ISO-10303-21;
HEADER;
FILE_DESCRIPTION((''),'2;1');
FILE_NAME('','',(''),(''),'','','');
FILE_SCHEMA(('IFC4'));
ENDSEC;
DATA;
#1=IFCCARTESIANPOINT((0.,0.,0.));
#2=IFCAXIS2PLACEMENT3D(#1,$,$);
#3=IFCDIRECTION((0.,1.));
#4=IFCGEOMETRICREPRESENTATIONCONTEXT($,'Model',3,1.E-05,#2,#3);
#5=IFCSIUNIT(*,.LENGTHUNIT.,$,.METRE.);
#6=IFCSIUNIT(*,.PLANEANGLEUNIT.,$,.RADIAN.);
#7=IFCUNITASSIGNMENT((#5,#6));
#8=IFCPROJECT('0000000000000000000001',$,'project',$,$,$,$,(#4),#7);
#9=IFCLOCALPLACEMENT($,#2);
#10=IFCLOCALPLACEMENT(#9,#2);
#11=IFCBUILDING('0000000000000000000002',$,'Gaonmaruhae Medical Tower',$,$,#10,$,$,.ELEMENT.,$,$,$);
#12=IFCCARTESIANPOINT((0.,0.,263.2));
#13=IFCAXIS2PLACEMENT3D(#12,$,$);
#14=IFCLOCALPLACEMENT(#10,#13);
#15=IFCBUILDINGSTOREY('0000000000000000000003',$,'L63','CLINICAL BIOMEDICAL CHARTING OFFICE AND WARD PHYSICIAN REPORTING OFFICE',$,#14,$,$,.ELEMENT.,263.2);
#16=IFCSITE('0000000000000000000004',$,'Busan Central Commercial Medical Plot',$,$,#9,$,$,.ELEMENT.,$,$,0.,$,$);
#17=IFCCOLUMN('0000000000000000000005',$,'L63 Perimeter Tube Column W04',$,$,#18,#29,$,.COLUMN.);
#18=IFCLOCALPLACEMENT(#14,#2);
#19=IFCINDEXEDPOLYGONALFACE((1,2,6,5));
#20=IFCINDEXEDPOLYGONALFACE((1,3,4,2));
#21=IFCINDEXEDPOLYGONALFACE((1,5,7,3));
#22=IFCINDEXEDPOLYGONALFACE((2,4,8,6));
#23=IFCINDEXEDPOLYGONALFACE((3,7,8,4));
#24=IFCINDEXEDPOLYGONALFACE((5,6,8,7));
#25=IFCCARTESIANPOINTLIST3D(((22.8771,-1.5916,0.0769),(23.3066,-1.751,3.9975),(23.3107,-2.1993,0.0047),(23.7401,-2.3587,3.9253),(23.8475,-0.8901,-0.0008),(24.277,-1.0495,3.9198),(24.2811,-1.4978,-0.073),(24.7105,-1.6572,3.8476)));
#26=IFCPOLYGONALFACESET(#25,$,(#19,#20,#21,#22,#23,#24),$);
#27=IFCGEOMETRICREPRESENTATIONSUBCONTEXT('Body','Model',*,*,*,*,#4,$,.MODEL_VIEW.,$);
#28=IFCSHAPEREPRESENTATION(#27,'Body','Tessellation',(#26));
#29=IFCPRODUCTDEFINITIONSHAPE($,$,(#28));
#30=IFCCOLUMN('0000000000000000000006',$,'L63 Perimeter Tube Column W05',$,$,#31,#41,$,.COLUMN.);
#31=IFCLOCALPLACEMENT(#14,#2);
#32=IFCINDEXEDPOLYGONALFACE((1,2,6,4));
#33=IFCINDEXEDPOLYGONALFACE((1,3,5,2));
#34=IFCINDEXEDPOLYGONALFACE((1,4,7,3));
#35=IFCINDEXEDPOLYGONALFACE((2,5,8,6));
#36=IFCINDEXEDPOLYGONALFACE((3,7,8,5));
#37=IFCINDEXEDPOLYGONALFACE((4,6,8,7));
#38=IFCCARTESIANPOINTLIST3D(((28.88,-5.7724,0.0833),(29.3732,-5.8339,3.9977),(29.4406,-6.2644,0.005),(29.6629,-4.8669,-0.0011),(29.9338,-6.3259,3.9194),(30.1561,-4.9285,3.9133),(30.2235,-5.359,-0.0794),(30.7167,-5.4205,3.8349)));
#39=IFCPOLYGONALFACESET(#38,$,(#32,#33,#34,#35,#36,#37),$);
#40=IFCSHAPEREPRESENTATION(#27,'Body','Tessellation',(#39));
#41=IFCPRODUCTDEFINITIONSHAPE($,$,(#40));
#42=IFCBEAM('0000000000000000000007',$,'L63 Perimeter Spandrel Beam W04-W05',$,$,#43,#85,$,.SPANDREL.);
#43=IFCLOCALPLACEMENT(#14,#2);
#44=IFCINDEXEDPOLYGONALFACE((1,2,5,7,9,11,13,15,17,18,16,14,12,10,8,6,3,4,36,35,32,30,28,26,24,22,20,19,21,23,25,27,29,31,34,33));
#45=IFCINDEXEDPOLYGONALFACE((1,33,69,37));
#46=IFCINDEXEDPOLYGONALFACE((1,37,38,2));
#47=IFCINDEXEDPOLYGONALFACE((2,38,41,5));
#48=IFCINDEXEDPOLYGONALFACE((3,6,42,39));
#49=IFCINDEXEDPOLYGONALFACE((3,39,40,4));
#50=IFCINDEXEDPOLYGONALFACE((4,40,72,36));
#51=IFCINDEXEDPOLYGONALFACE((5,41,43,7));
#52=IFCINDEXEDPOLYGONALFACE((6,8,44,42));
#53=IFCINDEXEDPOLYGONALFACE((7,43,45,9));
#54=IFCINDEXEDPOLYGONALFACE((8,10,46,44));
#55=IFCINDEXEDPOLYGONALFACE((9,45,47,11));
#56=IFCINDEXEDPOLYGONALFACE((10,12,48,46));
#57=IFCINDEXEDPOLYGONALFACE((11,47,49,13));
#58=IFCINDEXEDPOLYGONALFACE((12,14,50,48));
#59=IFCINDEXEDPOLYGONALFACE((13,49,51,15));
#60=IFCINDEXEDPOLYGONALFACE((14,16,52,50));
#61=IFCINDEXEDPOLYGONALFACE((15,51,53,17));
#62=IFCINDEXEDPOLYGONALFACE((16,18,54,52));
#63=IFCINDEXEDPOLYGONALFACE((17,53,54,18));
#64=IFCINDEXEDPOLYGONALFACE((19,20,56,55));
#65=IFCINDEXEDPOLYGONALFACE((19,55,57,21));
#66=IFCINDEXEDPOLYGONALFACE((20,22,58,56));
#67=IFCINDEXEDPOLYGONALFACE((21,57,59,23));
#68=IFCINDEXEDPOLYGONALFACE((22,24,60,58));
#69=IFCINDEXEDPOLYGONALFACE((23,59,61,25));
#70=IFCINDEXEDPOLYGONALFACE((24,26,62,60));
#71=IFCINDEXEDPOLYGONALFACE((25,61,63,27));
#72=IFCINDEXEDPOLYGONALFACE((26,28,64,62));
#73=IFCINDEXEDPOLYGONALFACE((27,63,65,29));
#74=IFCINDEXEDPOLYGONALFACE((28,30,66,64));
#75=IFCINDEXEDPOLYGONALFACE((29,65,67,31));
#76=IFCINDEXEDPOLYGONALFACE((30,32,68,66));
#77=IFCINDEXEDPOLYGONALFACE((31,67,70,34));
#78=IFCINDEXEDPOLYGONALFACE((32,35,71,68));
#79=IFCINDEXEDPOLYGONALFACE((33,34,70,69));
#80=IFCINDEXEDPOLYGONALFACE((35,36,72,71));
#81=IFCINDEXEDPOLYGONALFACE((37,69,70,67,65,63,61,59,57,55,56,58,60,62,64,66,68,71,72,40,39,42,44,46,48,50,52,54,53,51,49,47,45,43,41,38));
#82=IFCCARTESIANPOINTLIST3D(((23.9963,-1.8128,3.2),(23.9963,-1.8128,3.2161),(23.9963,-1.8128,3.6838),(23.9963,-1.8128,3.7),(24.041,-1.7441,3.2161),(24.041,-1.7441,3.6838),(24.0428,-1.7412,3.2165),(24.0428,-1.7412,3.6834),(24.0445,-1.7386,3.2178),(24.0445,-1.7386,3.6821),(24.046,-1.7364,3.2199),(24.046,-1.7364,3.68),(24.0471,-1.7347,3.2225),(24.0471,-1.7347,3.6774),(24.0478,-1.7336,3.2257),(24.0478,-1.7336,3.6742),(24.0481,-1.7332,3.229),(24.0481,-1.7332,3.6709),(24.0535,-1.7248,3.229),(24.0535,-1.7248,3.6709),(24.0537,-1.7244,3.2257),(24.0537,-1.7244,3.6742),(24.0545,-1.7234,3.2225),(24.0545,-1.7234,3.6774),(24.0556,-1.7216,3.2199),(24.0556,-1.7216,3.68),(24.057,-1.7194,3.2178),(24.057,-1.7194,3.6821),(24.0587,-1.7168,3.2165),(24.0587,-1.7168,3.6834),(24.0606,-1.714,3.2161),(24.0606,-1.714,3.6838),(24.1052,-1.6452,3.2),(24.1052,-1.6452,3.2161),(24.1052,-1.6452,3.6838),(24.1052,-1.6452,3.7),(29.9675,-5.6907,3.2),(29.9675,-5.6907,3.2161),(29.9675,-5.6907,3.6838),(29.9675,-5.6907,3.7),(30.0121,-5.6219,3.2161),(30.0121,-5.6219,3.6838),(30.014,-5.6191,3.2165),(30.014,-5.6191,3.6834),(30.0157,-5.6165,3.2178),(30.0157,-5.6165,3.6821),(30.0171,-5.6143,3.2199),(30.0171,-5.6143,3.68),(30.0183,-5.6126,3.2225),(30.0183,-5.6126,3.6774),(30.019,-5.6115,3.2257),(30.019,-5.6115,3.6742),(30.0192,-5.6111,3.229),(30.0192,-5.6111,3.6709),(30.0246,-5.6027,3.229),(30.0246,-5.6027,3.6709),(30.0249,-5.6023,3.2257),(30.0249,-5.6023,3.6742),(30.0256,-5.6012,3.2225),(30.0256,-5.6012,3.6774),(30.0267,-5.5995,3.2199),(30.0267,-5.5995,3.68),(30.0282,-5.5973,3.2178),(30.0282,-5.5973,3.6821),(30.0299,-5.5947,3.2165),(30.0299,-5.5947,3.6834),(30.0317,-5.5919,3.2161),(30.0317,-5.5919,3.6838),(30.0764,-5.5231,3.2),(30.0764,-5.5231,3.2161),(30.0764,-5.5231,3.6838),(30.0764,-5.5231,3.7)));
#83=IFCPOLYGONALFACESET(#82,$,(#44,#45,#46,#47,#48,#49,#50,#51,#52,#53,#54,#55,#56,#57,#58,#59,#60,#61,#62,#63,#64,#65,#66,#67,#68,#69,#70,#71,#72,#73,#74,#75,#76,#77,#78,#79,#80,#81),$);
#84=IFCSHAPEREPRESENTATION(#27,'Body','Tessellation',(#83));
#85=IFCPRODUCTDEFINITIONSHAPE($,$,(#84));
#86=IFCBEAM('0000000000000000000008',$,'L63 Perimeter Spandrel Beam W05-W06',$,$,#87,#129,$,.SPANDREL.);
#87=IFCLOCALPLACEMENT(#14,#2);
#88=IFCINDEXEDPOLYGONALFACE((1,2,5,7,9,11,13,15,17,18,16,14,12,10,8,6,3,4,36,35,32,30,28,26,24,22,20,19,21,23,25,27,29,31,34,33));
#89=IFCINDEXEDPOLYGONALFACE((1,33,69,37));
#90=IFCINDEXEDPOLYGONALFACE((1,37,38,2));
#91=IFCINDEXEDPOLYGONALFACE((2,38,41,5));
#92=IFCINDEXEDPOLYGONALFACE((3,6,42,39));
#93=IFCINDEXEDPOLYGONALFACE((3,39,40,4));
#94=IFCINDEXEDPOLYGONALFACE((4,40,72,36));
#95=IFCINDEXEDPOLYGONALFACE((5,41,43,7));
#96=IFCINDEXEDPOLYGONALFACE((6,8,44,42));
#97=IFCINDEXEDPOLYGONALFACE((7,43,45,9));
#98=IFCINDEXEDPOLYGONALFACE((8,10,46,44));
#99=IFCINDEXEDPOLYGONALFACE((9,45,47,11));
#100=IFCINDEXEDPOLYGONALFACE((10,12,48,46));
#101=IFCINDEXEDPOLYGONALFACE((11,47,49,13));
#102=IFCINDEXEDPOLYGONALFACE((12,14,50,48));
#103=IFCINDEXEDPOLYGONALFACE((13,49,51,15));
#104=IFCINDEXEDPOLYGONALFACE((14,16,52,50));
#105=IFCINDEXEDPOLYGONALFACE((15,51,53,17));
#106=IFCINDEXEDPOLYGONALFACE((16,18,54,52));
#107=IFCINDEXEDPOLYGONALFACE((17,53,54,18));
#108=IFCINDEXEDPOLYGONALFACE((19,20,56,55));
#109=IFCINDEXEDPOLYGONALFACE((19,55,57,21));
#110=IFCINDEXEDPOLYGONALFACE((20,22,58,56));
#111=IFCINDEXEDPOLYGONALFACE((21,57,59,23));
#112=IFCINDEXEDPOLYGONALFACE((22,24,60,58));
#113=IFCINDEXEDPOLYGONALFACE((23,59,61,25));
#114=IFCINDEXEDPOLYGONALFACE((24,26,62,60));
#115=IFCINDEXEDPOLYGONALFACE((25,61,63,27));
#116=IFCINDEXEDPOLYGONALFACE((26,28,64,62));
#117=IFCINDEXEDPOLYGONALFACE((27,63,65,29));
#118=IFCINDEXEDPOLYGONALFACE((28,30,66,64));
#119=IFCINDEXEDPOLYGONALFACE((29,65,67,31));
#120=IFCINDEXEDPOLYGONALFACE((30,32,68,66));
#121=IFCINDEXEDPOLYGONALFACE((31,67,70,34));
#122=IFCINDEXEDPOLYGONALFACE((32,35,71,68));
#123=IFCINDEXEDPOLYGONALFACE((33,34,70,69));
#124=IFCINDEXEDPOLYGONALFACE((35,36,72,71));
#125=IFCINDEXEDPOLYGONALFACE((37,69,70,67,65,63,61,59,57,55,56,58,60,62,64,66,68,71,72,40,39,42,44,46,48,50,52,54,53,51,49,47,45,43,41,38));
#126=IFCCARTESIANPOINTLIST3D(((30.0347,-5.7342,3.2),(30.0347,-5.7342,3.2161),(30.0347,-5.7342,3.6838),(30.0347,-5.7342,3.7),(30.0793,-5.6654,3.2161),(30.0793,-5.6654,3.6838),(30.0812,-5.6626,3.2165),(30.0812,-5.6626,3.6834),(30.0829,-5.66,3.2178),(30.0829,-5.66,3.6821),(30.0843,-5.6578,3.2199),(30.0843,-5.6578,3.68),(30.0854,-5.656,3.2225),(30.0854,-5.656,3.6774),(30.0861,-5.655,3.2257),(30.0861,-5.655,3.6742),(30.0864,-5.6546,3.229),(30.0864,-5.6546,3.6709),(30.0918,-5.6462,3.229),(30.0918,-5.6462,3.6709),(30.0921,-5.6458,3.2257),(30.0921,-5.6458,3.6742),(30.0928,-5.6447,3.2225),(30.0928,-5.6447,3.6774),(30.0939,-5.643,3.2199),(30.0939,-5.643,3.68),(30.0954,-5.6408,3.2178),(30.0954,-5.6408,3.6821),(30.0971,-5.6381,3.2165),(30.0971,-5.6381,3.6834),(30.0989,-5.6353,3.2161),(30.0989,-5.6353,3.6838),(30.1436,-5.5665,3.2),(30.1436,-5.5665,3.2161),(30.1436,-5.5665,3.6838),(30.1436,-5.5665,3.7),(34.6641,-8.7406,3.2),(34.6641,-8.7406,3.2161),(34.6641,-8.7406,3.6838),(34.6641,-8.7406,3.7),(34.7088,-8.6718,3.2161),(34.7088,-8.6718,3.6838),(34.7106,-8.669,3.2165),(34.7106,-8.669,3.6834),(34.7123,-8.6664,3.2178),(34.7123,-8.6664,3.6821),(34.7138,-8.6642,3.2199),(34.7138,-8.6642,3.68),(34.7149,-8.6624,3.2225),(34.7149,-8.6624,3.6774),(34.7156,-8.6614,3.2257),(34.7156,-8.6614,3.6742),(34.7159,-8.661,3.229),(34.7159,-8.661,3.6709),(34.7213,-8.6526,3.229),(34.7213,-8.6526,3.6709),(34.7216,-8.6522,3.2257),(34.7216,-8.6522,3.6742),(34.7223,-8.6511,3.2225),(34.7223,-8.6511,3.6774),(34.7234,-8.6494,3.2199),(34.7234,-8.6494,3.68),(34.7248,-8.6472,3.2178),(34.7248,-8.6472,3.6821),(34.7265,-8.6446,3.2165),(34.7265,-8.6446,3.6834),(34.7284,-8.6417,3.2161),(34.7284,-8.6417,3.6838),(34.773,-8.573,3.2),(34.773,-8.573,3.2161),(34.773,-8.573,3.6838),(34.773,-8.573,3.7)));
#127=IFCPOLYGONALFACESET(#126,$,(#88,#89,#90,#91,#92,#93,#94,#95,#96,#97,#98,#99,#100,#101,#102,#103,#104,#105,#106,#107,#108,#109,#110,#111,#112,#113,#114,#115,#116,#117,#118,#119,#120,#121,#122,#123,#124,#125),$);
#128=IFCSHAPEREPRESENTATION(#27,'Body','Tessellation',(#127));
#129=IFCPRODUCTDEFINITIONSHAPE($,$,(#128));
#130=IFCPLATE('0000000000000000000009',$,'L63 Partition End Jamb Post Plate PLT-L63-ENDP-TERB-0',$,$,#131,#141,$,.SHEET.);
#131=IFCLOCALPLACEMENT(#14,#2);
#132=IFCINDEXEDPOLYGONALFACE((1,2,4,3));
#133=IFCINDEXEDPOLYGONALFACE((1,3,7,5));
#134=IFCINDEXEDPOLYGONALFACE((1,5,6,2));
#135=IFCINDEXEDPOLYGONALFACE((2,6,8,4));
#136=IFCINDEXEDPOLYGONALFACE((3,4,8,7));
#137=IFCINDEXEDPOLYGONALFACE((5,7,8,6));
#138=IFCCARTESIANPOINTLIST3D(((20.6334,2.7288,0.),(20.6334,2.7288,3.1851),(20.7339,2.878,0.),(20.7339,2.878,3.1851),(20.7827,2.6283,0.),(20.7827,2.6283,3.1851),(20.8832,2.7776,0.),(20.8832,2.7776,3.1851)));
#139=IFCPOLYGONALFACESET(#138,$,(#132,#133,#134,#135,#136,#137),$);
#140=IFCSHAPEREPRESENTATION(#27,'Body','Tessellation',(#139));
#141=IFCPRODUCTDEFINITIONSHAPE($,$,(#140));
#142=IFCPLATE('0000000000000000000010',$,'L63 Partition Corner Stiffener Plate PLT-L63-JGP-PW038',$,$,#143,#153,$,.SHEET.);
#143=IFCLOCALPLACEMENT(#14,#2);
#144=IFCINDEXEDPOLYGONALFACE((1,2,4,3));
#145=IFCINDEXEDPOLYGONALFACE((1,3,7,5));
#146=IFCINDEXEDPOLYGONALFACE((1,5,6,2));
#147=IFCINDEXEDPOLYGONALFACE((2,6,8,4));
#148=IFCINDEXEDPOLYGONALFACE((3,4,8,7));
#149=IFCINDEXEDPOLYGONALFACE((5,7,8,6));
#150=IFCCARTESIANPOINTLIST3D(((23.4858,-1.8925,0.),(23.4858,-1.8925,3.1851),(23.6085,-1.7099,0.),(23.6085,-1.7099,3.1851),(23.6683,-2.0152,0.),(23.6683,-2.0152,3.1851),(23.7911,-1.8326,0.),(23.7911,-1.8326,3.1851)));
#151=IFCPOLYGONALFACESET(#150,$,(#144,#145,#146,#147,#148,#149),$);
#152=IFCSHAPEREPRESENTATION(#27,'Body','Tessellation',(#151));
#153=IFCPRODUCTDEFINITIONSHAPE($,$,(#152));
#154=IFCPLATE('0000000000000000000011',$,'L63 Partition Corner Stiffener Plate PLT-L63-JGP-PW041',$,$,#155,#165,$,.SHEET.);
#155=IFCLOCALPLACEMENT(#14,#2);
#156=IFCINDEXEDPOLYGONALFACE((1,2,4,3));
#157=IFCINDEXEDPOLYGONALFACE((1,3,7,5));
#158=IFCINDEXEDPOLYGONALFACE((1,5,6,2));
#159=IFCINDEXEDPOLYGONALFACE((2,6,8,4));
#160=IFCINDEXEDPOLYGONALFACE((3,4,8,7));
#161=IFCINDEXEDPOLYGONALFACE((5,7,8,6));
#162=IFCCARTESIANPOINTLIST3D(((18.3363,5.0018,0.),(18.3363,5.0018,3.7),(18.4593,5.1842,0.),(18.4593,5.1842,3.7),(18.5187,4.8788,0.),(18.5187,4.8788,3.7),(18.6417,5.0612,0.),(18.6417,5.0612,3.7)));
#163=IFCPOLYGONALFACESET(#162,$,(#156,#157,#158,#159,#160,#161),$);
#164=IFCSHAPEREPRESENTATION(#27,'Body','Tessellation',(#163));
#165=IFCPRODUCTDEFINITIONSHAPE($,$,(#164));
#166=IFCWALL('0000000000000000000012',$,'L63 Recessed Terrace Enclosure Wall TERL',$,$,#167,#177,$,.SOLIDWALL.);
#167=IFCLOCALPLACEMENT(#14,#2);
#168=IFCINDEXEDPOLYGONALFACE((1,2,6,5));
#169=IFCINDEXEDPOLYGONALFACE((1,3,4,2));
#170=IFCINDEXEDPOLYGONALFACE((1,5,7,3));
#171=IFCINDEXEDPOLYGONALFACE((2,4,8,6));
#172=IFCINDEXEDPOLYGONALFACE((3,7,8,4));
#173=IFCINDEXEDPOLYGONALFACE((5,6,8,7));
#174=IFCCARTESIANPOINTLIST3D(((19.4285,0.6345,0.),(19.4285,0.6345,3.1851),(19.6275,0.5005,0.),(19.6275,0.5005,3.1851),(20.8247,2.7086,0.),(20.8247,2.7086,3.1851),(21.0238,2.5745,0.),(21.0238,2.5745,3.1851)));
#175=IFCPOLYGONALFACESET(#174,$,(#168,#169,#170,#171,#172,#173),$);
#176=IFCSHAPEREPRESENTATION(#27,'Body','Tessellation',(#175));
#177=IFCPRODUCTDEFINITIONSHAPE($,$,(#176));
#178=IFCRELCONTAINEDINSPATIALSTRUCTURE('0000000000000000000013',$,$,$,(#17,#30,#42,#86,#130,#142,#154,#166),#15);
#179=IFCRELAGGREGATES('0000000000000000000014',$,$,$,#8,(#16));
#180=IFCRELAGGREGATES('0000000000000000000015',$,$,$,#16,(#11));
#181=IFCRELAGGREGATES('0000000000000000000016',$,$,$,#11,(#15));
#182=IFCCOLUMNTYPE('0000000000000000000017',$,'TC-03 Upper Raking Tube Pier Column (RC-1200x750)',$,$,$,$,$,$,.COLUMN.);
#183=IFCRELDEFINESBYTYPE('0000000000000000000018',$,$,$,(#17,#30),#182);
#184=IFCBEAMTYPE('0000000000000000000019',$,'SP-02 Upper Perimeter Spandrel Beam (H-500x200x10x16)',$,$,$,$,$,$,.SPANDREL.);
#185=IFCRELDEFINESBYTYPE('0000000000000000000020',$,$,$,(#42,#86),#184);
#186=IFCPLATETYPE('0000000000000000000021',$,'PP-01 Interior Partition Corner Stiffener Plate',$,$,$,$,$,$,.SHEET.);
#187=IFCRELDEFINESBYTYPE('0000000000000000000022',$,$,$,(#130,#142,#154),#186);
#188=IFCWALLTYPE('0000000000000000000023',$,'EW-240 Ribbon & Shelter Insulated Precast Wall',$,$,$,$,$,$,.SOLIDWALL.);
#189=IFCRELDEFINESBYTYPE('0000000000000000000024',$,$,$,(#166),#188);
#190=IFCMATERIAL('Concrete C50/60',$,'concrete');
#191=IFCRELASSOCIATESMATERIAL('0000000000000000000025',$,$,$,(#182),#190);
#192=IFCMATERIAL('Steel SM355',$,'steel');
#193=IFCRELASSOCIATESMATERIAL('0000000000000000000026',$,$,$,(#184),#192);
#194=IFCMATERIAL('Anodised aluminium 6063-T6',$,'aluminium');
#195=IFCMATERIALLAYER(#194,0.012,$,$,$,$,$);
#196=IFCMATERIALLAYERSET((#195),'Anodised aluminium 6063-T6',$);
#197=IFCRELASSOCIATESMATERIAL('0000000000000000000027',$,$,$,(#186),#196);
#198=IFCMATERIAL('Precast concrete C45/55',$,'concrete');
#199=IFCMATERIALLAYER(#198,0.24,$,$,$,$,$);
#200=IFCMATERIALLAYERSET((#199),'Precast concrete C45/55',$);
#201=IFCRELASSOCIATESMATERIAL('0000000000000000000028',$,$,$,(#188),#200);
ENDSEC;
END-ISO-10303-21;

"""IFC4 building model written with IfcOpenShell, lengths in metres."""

from ifc_helpers import new_model, si_unit, direction, frame, frame_2d, origin, origin_2d, place, context, subcontext, project, spatial, rectangle, i_section, extrude, material, layer, layer_set, material_profile, profile_set, type_object, element, save


model = new_model("IFC4")

# Units and contexts
model_context = context("Model", 3, precision=1e-05, world=origin(), true_north=direction((0.0, 1.0)))
body_context = subcontext(model_context, "Body", "Model", "MODEL_VIEW")
ifc_project = project(units=[si_unit("LENGTHUNIT", "METRE"), si_unit("PLANEANGLEUNIT", "RADIAN")], contexts=[model_context])

# Site, building, storey
site_placement = place(None, origin())
site = spatial("IfcSite", under=ifc_project, at=site_placement, Name="Busan Central Commercial Medical Plot", CompositionType="ELEMENT", RefElevation=0.0)
building_placement = place(site_placement, origin())
building = spatial("IfcBuilding", under=site, at=building_placement, Name="Gaonmaruhae Medical Tower", CompositionType="ELEMENT")
storey_placement = place(building_placement, frame((0.0, 0.0, 263.2)))
storey = spatial("IfcBuildingStorey", under=building, at=storey_placement, Name="L63", Description="CLINICAL BIOMEDICAL CHARTING OFFICE AND WARD PHYSICIAN REPORTING OFFICE", CompositionType="ELEMENT", Elevation=263.2)

# Columns
ifc_material_1 = material(Name="Concrete C50/60", Category="concrete")
ifc_material_profile_1 = material_profile(ifc_material_1, rectangle(XDim=1.2, YDim=0.75, at=origin_2d()), Name="RC-1200x750")
ifc_profile_set_1 = profile_set([ifc_material_profile_1], Name="Concrete C50/60")
column_type = type_object("IfcColumnType", Name="TC-03 Upper Raking Tube Pier Column (RC-1200x750)", PredefinedType="COLUMN", material=ifc_profile_set_1)
column_1_placement = place(storey_placement, frame((23.5791, -1.5447, 0.002), z_axis=(0.108794, -0.040388, 0.993244), x_axis=(-0.808715, -0.584619, 0.064809)))
element("IfcColumn", 1, at=column_1_placement, inside=storey, type_object=column_type, Name="L63 Perimeter Tube Column W04", PredefinedType="COLUMN", context=body_context, shape_type="SweptSolid", body=[
    extrude(rectangle(XDim=1.2, YDim=0.75, at=origin_2d()), origin(), (0.0, 0.0, 1.0), 3.9473),
])
column_2_placement = place(storey_placement, frame((29.5518, -5.5657, 0.002), z_axis=(0.124987, -0.015592, 0.992036), x_axis=(-0.652449, -0.754561, 0.070342)))
element("IfcColumn", 2, at=column_2_placement, inside=storey, type_object=column_type, Name="L63 Perimeter Tube Column W05", PredefinedType="COLUMN", context=body_context, shape_type="SweptSolid", body=[
    extrude(rectangle(XDim=1.2, YDim=0.75, at=origin_2d()), origin(), (0.0, 0.0, 1.0), 3.9458),
])

# Beams
ifc_material_2 = material(Name="Steel SM355", Category="steel")
ifc_material_profile_2 = material_profile(ifc_material_2, i_section(OverallWidth=0.2, OverallDepth=0.5, WebThickness=0.01, FlangeThickness=0.0161, FilletRadius=0.0129, at=origin_2d()), Name="H-500x200x10x16")
ifc_profile_set_2 = profile_set([ifc_material_profile_2], Name="Steel SM355")
beam_type = type_object("IfcBeamType", Name="SP-02 Upper Perimeter Spandrel Beam (H-500x200x10x16)", PredefinedType="SPANDREL", material=ifc_profile_set_2)
beam_1_placement = place(storey_placement, frame((24.0508, -1.729, 3.45), z_axis=(0.838658, -0.544658, 0.0), x_axis=(0.544658, 0.838658, 0.0)))
element("IfcBeam", 3, at=beam_1_placement, inside=storey, type_object=beam_type, Name="L63 Perimeter Spandrel Beam W04-W05", PredefinedType="SPANDREL", context=body_context, shape_type="SweptSolid", body=[
    extrude(i_section(OverallWidth=0.2, OverallDepth=0.5, WebThickness=0.01, FlangeThickness=0.0161, FilletRadius=0.0129, at=origin_2d()), origin(), (0.0, 0.0, 1.0), 7.1199),
])
beam_2_placement = place(storey_placement, frame((30.0891, -5.6504, 3.45), z_axis=(0.838672, -0.544637, 0.0), x_axis=(0.544637, 0.838672, 0.0)))
element("IfcBeam", 4, at=beam_2_placement, inside=storey, type_object=beam_type, Name="L63 Perimeter Spandrel Beam W05-W06", PredefinedType="SPANDREL", context=body_context, shape_type="SweptSolid", body=[
    extrude(i_section(OverallWidth=0.2, OverallDepth=0.5, WebThickness=0.01, FlangeThickness=0.0161, FilletRadius=0.0129, at=origin_2d()), origin(), (0.0, 0.0, 1.0), 5.52),
])

# Plates
ifc_material_3 = material(Name="Anodised aluminium 6063-T6", Category="aluminium")
ifc_layer_1 = layer(ifc_material_3, 0.012)
ifc_layer_set_1 = layer_set([ifc_layer_1], Name="Anodised aluminium 6063-T6")
plate_type = type_object("IfcPlateType", Name="PP-01 Interior Partition Corner Stiffener Plate", PredefinedType="SHEET", material=ifc_layer_set_1)
plate_1_placement = place(storey_placement, frame((20.7583, 2.7532, 0.0), z_axis=(0.0, 0.0, 1.0), x_axis=(-0.829525, 0.558469, 0.0)))
element("IfcPlate", 5, at=plate_1_placement, inside=storey, type_object=plate_type, Name="L63 Partition End Jamb Post Plate PLT-L63-ENDP-TERB-0", PredefinedType="SHEET", context=body_context, shape_type="SweptSolid", body=[
    extrude(rectangle(XDim=0.1799, YDim=0.1799, at=origin_2d()), origin(), (0.0, 0.0, 1.0), 3.1851),
])
plate_2_placement = place(storey_placement, frame((23.6384, -1.8625, 0.0), z_axis=(0.0, 0.0, 1.0), x_axis=(-0.829895, 0.557919, 0.0)))
element("IfcPlate", 6, at=plate_2_placement, inside=storey, type_object=plate_type, Name="L63 Partition Corner Stiffener Plate PLT-L63-JGP-PW038", PredefinedType="SHEET", context=body_context, shape_type="SweptSolid", body=[
    extrude(rectangle(XDim=0.22, YDim=0.22, at=origin_2d()), origin(), (0.0, 0.0, 1.0), 3.1851),
])
plate_3_placement = place(storey_placement, frame((18.489, 5.0315, 0.0), z_axis=(0.0, 0.0, 1.0), x_axis=(0.559063, 0.829125, 0.0)))
element("IfcPlate", 7, at=plate_3_placement, inside=storey, type_object=plate_type, Name="L63 Partition Corner Stiffener Plate PLT-L63-JGP-PW041", PredefinedType="SHEET", context=body_context, shape_type="SweptSolid", body=[
    extrude(rectangle(XDim=0.22, YDim=0.22, at=origin_2d()), origin(), (0.0, 0.0, 1.0), 3.7),
])

# Shared definitions
ifc_material_4 = material(Name="Precast concrete C45/55", Category="concrete")
ifc_layer_2 = layer(ifc_material_4, 0.24)
ifc_layer_set_2 = layer_set([ifc_layer_2], Name="Precast concrete C45/55")
wall_type_1 = type_object("IfcWallType", Name="EW-240 Ribbon & Shelter Insulated Precast Wall", PredefinedType="SOLIDWALL", material=ifc_layer_set_2)

# Wall
wall_1_placement = place(storey_placement, frame((19.5281, 0.5676, 0.0), z_axis=(0.0, 0.0, 1.0), x_axis=(0.558458, 0.829533, 0.0)))
element("IfcWall", 8, at=wall_1_placement, inside=storey, type_object=wall_type_1, Name="L63 Recessed Terrace Enclosure Wall TERL", PredefinedType="SOLIDWALL", context=body_context, shape_type="SweptSolid", body=[
    extrude(rectangle(XDim=2.5002, YDim=0.24, at=frame_2d((1.25, 0.0))), origin(), (0.0, 0.0, 1.0), 3.1851),
])

save(model, "model.ifc")
